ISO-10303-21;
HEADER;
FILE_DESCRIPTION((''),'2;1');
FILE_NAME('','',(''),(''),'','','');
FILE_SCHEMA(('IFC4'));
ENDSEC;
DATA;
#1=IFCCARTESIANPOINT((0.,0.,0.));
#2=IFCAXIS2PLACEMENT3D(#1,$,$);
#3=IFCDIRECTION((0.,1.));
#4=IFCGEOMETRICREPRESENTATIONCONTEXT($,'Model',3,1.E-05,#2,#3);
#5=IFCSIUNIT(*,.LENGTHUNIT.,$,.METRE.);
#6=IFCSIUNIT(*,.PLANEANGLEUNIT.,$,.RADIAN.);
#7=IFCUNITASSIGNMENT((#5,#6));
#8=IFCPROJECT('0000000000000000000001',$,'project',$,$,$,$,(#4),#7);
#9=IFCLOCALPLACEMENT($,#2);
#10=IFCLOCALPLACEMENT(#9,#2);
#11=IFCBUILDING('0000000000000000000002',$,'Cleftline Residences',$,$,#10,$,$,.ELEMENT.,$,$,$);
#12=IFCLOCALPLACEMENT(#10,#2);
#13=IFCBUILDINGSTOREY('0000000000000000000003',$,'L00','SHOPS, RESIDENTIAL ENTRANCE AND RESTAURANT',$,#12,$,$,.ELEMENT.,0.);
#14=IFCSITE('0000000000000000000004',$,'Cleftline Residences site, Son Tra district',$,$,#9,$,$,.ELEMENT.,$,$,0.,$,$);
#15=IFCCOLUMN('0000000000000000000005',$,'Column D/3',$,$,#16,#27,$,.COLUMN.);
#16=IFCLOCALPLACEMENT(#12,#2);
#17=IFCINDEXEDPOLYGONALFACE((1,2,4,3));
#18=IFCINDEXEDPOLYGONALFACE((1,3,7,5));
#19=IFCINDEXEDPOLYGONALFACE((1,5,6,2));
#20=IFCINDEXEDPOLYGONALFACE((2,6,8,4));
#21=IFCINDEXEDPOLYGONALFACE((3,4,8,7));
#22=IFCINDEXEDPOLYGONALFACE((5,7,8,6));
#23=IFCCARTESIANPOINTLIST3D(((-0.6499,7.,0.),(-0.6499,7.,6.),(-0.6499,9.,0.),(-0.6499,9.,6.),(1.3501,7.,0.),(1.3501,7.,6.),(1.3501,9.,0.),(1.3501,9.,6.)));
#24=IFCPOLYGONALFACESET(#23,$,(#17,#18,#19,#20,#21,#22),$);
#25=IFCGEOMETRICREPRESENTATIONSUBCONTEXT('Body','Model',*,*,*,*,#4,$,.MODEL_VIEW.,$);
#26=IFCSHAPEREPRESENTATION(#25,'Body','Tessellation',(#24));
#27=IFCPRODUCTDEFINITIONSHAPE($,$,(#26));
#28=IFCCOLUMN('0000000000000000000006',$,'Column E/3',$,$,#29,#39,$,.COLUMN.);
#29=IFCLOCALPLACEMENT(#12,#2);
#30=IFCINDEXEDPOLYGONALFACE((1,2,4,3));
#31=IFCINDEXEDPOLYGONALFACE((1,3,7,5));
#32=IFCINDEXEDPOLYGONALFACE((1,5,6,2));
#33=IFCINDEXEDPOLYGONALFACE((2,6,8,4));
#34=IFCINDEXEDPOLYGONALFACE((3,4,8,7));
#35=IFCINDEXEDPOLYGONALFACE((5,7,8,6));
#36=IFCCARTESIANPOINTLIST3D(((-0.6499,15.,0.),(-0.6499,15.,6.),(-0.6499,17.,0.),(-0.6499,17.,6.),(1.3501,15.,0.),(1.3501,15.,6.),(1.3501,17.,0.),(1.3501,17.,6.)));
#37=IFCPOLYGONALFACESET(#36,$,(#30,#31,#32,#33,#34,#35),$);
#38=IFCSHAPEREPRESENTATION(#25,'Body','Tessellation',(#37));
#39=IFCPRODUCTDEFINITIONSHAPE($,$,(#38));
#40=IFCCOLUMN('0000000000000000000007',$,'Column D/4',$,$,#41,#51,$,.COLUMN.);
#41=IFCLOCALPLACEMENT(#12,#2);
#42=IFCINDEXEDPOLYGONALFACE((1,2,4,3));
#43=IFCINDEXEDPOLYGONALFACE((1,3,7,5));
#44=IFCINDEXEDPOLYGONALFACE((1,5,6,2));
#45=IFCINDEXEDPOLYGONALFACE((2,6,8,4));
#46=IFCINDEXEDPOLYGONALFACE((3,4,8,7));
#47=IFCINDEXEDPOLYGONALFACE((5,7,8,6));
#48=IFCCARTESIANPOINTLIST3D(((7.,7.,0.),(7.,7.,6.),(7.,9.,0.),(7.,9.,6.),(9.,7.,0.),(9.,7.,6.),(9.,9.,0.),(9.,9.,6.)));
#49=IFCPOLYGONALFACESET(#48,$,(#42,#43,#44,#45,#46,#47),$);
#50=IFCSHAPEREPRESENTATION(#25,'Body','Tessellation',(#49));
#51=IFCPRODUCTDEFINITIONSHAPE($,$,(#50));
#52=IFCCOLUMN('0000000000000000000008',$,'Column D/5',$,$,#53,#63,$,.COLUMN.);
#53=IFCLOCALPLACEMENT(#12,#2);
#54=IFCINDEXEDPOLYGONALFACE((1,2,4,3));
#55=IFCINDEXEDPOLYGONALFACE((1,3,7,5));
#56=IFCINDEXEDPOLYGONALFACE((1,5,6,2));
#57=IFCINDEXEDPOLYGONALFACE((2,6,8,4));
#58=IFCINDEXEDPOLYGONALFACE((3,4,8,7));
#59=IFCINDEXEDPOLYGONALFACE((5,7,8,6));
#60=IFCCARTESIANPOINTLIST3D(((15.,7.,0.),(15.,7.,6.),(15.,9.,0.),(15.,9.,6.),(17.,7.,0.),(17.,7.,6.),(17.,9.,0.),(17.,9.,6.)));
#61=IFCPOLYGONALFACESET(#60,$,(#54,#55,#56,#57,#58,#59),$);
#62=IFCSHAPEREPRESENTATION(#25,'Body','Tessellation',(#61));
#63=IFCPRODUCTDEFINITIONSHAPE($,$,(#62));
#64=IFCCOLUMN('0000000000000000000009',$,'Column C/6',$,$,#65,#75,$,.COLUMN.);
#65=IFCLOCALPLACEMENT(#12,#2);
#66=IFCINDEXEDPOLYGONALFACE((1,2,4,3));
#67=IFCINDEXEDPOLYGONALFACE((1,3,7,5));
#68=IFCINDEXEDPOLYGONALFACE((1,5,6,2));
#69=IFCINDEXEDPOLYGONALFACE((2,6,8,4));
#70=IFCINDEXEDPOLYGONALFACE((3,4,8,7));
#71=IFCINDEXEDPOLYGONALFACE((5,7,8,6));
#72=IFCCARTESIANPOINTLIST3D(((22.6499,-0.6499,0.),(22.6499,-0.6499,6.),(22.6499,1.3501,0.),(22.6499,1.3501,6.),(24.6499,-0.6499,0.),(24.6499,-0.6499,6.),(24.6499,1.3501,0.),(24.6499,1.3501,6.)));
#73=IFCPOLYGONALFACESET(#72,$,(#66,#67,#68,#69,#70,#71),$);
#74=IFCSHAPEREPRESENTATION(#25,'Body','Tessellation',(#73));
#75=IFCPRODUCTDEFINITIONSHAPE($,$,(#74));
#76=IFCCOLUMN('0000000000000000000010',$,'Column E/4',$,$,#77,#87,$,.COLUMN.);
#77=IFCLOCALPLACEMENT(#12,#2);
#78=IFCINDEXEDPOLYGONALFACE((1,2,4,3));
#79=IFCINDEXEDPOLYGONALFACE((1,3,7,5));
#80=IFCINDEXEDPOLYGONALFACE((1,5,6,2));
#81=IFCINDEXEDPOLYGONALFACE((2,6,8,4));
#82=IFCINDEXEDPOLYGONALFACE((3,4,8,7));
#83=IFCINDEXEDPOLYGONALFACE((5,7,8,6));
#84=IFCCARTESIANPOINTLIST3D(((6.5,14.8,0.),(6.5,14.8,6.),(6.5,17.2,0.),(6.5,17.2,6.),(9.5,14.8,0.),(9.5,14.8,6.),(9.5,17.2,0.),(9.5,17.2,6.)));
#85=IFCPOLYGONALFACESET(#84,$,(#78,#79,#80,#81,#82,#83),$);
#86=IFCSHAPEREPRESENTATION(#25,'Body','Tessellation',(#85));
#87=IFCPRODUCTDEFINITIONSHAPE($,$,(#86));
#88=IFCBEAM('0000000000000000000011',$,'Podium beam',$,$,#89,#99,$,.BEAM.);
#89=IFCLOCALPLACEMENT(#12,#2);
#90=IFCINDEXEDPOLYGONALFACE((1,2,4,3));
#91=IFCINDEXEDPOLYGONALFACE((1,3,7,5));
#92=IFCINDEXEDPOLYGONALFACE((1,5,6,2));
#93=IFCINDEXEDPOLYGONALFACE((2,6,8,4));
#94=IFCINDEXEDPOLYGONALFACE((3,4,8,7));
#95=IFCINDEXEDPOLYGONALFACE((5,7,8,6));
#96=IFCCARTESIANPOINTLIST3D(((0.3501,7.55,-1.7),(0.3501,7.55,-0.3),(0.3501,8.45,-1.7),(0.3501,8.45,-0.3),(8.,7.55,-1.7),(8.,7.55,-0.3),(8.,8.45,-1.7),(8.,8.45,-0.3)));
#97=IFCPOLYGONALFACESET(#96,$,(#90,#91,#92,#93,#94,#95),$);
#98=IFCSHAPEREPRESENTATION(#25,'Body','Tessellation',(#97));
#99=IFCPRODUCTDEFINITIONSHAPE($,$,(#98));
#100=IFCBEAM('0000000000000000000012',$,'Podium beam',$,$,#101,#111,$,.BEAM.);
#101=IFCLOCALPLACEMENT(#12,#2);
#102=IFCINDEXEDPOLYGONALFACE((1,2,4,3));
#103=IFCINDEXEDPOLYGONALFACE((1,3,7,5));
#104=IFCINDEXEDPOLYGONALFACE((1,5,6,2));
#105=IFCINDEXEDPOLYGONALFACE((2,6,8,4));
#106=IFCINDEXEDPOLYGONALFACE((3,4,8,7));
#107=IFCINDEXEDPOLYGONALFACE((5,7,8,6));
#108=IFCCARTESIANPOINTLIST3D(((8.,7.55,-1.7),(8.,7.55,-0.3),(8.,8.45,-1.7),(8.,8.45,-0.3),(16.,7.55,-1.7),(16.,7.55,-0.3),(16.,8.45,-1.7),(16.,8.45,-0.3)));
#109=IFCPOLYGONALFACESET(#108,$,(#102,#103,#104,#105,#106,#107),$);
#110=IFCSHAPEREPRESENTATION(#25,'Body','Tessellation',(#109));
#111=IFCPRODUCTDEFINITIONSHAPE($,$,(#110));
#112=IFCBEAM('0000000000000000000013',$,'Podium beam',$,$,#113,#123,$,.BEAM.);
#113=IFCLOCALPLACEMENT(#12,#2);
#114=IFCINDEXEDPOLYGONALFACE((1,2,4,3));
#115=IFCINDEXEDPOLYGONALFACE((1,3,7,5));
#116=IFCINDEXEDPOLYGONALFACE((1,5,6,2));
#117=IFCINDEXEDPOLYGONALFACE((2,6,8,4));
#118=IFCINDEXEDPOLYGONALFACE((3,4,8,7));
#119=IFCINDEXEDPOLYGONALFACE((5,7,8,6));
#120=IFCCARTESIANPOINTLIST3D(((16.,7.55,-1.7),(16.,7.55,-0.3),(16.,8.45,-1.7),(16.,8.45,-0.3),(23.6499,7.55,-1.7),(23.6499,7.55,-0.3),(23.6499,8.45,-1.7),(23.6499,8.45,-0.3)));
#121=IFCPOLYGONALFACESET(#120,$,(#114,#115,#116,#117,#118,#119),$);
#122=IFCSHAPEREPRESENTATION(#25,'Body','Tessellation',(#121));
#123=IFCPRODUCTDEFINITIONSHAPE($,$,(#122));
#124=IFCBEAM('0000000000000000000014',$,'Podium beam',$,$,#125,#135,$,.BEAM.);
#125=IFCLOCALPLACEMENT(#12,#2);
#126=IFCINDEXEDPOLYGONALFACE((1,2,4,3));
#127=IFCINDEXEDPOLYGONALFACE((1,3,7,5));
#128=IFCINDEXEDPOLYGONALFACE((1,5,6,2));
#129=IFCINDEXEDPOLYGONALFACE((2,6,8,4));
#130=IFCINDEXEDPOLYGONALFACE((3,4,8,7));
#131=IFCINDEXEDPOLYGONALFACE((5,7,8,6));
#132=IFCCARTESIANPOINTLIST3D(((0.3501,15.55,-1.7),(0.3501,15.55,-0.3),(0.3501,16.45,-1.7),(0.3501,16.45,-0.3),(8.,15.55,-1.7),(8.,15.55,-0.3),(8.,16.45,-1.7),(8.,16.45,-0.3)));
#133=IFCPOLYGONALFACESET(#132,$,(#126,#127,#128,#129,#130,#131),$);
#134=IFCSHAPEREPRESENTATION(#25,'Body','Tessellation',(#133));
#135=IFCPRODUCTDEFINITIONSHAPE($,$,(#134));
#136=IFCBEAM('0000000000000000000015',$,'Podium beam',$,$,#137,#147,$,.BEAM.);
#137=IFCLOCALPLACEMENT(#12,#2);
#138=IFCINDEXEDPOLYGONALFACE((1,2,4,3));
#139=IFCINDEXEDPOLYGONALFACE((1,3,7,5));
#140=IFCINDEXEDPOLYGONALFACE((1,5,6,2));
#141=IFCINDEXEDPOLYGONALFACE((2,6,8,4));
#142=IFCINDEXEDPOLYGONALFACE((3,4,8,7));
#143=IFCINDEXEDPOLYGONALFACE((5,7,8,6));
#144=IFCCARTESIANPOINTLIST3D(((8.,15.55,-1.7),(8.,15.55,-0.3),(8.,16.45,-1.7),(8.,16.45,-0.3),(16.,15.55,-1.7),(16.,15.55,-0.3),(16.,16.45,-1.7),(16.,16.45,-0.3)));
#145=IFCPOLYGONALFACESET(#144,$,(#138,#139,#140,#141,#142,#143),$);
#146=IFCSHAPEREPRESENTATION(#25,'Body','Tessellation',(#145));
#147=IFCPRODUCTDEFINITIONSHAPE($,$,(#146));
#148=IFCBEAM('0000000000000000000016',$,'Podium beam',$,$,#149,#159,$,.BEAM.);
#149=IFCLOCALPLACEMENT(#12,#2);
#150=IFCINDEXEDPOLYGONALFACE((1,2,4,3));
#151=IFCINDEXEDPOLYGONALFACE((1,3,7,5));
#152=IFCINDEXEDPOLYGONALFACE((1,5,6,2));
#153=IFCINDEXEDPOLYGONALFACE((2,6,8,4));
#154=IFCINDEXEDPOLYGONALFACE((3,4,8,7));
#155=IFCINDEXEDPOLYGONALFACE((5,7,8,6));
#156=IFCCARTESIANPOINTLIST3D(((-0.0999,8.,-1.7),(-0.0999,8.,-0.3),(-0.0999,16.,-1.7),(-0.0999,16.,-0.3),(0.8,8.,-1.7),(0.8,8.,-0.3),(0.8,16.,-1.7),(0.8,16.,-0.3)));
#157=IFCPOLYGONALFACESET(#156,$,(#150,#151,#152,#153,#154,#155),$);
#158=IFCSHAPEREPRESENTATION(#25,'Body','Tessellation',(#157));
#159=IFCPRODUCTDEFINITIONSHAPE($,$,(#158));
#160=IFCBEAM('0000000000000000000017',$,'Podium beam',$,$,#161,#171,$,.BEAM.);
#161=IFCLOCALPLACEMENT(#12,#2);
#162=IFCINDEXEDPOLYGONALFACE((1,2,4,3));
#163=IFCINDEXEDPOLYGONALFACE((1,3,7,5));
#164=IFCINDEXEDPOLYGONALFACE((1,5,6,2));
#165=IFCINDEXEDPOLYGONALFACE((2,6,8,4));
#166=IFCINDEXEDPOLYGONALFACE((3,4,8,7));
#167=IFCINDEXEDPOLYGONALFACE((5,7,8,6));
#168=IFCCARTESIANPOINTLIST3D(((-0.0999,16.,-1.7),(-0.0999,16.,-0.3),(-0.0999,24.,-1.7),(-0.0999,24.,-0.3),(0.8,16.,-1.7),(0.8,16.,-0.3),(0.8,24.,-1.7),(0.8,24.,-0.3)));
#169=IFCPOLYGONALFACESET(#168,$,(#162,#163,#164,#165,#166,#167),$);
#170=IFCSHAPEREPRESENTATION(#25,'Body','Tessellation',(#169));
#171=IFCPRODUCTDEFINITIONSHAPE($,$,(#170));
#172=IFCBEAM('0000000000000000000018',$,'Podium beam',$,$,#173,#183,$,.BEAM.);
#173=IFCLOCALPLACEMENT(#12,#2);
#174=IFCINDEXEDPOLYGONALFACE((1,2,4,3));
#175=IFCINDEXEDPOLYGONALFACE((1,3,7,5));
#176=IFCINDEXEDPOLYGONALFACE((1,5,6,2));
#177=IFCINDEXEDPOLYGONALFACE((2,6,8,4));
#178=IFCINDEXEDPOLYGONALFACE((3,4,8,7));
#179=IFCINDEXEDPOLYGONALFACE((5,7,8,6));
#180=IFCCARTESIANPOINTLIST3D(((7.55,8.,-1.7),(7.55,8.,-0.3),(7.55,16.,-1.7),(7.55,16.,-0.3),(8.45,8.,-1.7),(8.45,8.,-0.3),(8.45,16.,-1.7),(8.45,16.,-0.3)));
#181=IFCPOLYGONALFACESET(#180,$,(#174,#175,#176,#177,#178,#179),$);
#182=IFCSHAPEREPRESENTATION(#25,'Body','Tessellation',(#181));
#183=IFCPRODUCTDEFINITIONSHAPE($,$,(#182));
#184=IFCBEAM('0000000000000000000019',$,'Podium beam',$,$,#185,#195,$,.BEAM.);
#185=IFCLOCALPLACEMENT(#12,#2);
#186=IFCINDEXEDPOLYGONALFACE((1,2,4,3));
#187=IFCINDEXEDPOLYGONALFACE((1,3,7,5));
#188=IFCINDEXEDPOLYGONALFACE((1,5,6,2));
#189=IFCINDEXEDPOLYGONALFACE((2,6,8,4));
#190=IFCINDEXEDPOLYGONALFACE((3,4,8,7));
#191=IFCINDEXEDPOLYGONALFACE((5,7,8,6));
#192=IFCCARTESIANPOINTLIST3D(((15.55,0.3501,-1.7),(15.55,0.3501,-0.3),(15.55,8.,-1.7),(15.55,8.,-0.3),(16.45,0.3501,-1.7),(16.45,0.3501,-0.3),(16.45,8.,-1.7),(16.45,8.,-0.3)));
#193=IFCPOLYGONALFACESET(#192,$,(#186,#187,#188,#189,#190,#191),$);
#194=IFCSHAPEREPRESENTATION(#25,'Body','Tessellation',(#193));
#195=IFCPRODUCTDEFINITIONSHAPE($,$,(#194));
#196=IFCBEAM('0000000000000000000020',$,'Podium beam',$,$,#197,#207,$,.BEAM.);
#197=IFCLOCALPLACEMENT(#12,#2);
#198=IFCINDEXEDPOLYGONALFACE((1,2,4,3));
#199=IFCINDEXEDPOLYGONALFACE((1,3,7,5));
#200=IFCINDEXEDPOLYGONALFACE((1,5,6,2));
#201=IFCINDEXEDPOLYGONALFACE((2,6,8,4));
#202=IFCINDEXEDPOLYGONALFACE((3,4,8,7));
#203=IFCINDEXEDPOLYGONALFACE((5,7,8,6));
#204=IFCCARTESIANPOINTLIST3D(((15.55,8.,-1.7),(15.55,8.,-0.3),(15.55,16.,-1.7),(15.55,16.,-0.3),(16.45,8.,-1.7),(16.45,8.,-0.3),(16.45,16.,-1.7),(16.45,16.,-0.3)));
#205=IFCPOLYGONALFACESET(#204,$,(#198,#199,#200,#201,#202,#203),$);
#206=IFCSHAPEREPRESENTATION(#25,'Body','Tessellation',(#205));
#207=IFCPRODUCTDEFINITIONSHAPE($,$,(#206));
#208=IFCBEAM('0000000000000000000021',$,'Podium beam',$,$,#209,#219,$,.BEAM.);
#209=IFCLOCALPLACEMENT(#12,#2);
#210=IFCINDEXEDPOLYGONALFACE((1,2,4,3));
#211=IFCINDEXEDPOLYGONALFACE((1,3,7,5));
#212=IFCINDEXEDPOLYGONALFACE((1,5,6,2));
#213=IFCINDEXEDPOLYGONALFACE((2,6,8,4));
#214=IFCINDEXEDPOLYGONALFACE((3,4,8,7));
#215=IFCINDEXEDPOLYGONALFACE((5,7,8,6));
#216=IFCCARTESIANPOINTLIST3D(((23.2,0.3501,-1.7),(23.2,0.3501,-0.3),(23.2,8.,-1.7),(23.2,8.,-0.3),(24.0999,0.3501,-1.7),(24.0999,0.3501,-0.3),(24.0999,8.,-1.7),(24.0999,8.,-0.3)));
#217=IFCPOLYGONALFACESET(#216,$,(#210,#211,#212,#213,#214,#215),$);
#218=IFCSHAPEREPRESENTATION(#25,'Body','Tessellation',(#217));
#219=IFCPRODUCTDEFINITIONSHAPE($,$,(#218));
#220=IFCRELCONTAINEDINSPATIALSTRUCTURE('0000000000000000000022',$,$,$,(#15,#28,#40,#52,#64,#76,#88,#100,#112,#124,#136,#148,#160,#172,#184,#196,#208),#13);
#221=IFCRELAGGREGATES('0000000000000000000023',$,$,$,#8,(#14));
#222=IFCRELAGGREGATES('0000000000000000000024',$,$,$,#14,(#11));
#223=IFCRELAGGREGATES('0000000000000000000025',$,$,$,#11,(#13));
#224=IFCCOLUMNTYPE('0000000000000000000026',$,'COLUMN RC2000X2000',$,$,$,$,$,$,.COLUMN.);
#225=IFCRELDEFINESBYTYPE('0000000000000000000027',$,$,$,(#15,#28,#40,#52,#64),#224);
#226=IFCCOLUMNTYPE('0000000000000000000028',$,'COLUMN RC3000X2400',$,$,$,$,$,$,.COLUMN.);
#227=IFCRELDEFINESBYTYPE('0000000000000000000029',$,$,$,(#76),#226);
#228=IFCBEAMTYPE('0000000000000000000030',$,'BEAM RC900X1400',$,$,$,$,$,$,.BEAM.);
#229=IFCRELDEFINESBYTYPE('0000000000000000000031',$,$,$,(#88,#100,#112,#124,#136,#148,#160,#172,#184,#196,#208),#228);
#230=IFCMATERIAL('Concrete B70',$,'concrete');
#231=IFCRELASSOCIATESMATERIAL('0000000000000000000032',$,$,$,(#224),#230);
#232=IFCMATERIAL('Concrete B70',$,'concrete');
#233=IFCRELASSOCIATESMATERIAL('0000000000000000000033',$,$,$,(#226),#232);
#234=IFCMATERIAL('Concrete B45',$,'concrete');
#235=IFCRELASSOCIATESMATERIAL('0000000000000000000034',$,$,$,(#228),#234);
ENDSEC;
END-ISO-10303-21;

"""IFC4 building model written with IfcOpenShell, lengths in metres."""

from ifc_helpers import new_model, si_unit, direction, frame, origin, origin_2d, place, context, subcontext, project, spatial, rectangle, extrude, material, material_profile, profile_set, type_object, element, save


model = new_model("IFC4")

# Units and contexts
model_context = context("Model", 3, precision=1e-05, world=origin(), true_north=direction((0.0, 1.0)))
body_context = subcontext(model_context, "Body", "Model", "MODEL_VIEW")
ifc_project = project(units=[si_unit("LENGTHUNIT", "METRE"), si_unit("PLANEANGLEUNIT", "RADIAN")], contexts=[model_context])

# Site, building, storey
site_placement = place(None, origin())
site = spatial("IfcSite", under=ifc_project, at=site_placement, Name="Cleftline Residences site, Son Tra district", CompositionType="ELEMENT", RefElevation=0.0)
building_placement = place(site_placement, origin())
building = spatial("IfcBuilding", under=site, at=building_placement, Name="Cleftline Residences", CompositionType="ELEMENT")
storey_placement = place(building_placement, origin())
storey = spatial("IfcBuildingStorey", under=building, at=storey_placement, Name="L00", Description="SHOPS, RESIDENTIAL ENTRANCE AND RESTAURANT", CompositionType="ELEMENT", Elevation=0.0)

# Columns
ifc_material_1 = material(Name="Concrete B70", Category="concrete")
ifc_material_profile_1 = material_profile(ifc_material_1, rectangle(XDim=2.0, YDim=2.0, at=origin_2d()))
ifc_profile_set_1 = profile_set([ifc_material_profile_1], Name="Concrete B70")
column_type_1 = type_object("IfcColumnType", Name="COLUMN RC2000X2000", PredefinedType="COLUMN", material=ifc_profile_set_1)
for number, where, z_axis, x_axis, name in (
    (1, (0.3501, 8.0, 0.0), (0.0, 0.0, 1.0), (1.0, 0.0, 0.0), "Column D/3"),
    (2, (0.3501, 16.0, 0.0), (0.0, 0.0, 1.0), (1.0, 0.0, 0.0), "Column E/3"),
    (3, (8.0, 8.0, 0.0), (0.0, 0.0, 1.0), (1.0, 0.0, 0.0), "Column D/4"),
    (4, (16.0, 8.0, 0.0), (0.0, 0.0, 1.0), (1.0, 0.0, 0.0), "Column D/5"),
    (5, (23.6499, 0.3501, 0.0), (0.0, 0.0, 1.0), (1.0, 0.0, 0.0), "Column C/6"),
):
    element("IfcColumn", number, at=place(storey_placement, frame(where, z_axis=z_axis, x_axis=x_axis)), inside=storey, type_object=column_type_1, Name=name, PredefinedType="COLUMN", context=body_context, shape_type="SweptSolid", body=[
        extrude(rectangle(XDim=2.0, YDim=2.0, at=origin_2d()), origin(), (0.0, 0.0, 1.0), 6.0),
    ])
ifc_material_2 = material(Name="Concrete B70", Category="concrete")
ifc_material_profile_2 = material_profile(ifc_material_2, rectangle(XDim=3.0, YDim=2.3999, at=origin_2d()))
ifc_profile_set_2 = profile_set([ifc_material_profile_2], Name="Concrete B70")
column_type_2 = type_object("IfcColumnType", Name="COLUMN RC3000X2400", PredefinedType="COLUMN", material=ifc_profile_set_2)
column_placement = place(storey_placement, frame((8.0, 16.0, 0.0), z_axis=(0.0, 0.0, 1.0), x_axis=(1.0, 0.0, 0.0)))
element("IfcColumn", 6, at=column_placement, inside=storey, type_object=column_type_2, Name="Column E/4", PredefinedType="COLUMN", context=body_context, shape_type="SweptSolid", body=[
    extrude(rectangle(XDim=3.0, YDim=2.3999, at=origin_2d()), origin(), (0.0, 0.0, 1.0), 6.0),
])

# Beams
ifc_material_3 = material(Name="Concrete B45", Category="concrete")
ifc_material_profile_3 = material_profile(ifc_material_3, rectangle(XDim=0.8999, YDim=1.3999, at=origin_2d()))
ifc_profile_set_3 = profile_set([ifc_material_profile_3], Name="Concrete B45")
beam_type = type_object("IfcBeamType", Name="BEAM RC900X1400", PredefinedType="BEAM", material=ifc_profile_set_3)
beam_1_placement = place(storey_placement, frame((0.3501, 8.0, -1.0), z_axis=(1.0, 0.0, 0.0), x_axis=(0.0, 1.0, 0.0)))
element("IfcBeam", 7, at=beam_1_placement, inside=storey, type_object=beam_type, Name="Podium beam", PredefinedType="BEAM", context=body_context, shape_type="SweptSolid", body=[
    extrude(rectangle(XDim=0.8999, YDim=1.3999, at=origin_2d()), origin(), (0.0, 0.0, 1.0), 7.6499),
])
beam_2_placement = place(storey_placement, frame((8.0, 8.0, -1.0), z_axis=(1.0, 0.0, 0.0), x_axis=(0.0, 1.0, 0.0)))
element("IfcBeam", 8, at=beam_2_placement, inside=storey, type_object=beam_type, Name="Podium beam", PredefinedType="BEAM", context=body_context, shape_type="SweptSolid", body=[
    extrude(rectangle(XDim=0.8999, YDim=1.3999, at=origin_2d()), origin(), (0.0, 0.0, 1.0), 8.0),
])
for number, where, z_axis, x_axis, name in (
    (9, (16.0, 8.0, -1.0), (1.0, 0.0, 0.0), (0.0, 1.0, 0.0), "Podium beam"),
    (10, (0.3501, 16.0, -1.0), (1.0, 0.0, 0.0), (0.0, 1.0, 0.0), "Podium beam"),
):
    element("IfcBeam", number, at=place(storey_placement, frame(where, z_axis=z_axis, x_axis=x_axis)), inside=storey, type_object=beam_type, Name=name, PredefinedType="BEAM", context=body_context, shape_type="SweptSolid", body=[
        extrude(rectangle(XDim=0.8999, YDim=1.3999, at=origin_2d()), origin(), (0.0, 0.0, 1.0), 7.6499),
    ])
for number, where, z_axis, x_axis, name in (
    (11, (8.0, 16.0, -1.0), (1.0, 0.0, 0.0), (0.0, 1.0, 0.0), "Podium beam"),
    (12, (0.3501, 8.0, -1.0), (0.0, 1.0, 0.0), (-1.0, 0.0, 0.0), "Podium beam"),
    (13, (0.3501, 16.0, -1.0), (0.0, 1.0, 0.0), (-1.0, 0.0, 0.0), "Podium beam"),
    (14, (8.0, 8.0, -1.0), (0.0, 1.0, 0.0), (-1.0, 0.0, 0.0), "Podium beam"),
):
    element("IfcBeam", number, at=place(storey_placement, frame(where, z_axis=z_axis, x_axis=x_axis)), inside=storey, type_object=beam_type, Name=name, PredefinedType="BEAM", context=body_context, shape_type="SweptSolid", body=[
        extrude(rectangle(XDim=0.8999, YDim=1.3999, at=origin_2d()), origin(), (0.0, 0.0, 1.0), 8.0),
    ])
beam_3_placement = place(storey_placement, frame((16.0, 0.3501, -1.0), z_axis=(0.0, 1.0, 0.0), x_axis=(-1.0, 0.0, 0.0)))
element("IfcBeam", 15, at=beam_3_placement, inside=storey, type_object=beam_type, Name="Podium beam", PredefinedType="BEAM", context=body_context, shape_type="SweptSolid", body=[
    extrude(rectangle(XDim=0.8999, YDim=1.3999, at=origin_2d()), origin(), (0.0, 0.0, 1.0), 7.6499),
])
beam_4_placement = place(storey_placement, frame((16.0, 8.0, -1.0), z_axis=(0.0, 1.0, 0.0), x_axis=(-1.0, 0.0, 0.0)))
element("IfcBeam", 16, at=beam_4_placement, inside=storey, type_object=beam_type, Name="Podium beam", PredefinedType="BEAM", context=body_context, shape_type="SweptSolid", body=[
    extrude(rectangle(XDim=0.8999, YDim=1.3999, at=origin_2d()), origin(), (0.0, 0.0, 1.0), 8.0),
])
beam_5_placement = place(storey_placement, frame((23.6499, 0.3501, -1.0), z_axis=(0.0, 1.0, 0.0), x_axis=(-1.0, 0.0, 0.0)))
element("IfcBeam", 17, at=beam_5_placement, inside=storey, type_object=beam_type, Name="Podium beam", PredefinedType="BEAM", context=body_context, shape_type="SweptSolid", body=[
    extrude(rectangle(XDim=0.8999, YDim=1.3999, at=origin_2d()), origin(), (0.0, 0.0, 1.0), 7.6499),
])

save(model, "model.ifc")
